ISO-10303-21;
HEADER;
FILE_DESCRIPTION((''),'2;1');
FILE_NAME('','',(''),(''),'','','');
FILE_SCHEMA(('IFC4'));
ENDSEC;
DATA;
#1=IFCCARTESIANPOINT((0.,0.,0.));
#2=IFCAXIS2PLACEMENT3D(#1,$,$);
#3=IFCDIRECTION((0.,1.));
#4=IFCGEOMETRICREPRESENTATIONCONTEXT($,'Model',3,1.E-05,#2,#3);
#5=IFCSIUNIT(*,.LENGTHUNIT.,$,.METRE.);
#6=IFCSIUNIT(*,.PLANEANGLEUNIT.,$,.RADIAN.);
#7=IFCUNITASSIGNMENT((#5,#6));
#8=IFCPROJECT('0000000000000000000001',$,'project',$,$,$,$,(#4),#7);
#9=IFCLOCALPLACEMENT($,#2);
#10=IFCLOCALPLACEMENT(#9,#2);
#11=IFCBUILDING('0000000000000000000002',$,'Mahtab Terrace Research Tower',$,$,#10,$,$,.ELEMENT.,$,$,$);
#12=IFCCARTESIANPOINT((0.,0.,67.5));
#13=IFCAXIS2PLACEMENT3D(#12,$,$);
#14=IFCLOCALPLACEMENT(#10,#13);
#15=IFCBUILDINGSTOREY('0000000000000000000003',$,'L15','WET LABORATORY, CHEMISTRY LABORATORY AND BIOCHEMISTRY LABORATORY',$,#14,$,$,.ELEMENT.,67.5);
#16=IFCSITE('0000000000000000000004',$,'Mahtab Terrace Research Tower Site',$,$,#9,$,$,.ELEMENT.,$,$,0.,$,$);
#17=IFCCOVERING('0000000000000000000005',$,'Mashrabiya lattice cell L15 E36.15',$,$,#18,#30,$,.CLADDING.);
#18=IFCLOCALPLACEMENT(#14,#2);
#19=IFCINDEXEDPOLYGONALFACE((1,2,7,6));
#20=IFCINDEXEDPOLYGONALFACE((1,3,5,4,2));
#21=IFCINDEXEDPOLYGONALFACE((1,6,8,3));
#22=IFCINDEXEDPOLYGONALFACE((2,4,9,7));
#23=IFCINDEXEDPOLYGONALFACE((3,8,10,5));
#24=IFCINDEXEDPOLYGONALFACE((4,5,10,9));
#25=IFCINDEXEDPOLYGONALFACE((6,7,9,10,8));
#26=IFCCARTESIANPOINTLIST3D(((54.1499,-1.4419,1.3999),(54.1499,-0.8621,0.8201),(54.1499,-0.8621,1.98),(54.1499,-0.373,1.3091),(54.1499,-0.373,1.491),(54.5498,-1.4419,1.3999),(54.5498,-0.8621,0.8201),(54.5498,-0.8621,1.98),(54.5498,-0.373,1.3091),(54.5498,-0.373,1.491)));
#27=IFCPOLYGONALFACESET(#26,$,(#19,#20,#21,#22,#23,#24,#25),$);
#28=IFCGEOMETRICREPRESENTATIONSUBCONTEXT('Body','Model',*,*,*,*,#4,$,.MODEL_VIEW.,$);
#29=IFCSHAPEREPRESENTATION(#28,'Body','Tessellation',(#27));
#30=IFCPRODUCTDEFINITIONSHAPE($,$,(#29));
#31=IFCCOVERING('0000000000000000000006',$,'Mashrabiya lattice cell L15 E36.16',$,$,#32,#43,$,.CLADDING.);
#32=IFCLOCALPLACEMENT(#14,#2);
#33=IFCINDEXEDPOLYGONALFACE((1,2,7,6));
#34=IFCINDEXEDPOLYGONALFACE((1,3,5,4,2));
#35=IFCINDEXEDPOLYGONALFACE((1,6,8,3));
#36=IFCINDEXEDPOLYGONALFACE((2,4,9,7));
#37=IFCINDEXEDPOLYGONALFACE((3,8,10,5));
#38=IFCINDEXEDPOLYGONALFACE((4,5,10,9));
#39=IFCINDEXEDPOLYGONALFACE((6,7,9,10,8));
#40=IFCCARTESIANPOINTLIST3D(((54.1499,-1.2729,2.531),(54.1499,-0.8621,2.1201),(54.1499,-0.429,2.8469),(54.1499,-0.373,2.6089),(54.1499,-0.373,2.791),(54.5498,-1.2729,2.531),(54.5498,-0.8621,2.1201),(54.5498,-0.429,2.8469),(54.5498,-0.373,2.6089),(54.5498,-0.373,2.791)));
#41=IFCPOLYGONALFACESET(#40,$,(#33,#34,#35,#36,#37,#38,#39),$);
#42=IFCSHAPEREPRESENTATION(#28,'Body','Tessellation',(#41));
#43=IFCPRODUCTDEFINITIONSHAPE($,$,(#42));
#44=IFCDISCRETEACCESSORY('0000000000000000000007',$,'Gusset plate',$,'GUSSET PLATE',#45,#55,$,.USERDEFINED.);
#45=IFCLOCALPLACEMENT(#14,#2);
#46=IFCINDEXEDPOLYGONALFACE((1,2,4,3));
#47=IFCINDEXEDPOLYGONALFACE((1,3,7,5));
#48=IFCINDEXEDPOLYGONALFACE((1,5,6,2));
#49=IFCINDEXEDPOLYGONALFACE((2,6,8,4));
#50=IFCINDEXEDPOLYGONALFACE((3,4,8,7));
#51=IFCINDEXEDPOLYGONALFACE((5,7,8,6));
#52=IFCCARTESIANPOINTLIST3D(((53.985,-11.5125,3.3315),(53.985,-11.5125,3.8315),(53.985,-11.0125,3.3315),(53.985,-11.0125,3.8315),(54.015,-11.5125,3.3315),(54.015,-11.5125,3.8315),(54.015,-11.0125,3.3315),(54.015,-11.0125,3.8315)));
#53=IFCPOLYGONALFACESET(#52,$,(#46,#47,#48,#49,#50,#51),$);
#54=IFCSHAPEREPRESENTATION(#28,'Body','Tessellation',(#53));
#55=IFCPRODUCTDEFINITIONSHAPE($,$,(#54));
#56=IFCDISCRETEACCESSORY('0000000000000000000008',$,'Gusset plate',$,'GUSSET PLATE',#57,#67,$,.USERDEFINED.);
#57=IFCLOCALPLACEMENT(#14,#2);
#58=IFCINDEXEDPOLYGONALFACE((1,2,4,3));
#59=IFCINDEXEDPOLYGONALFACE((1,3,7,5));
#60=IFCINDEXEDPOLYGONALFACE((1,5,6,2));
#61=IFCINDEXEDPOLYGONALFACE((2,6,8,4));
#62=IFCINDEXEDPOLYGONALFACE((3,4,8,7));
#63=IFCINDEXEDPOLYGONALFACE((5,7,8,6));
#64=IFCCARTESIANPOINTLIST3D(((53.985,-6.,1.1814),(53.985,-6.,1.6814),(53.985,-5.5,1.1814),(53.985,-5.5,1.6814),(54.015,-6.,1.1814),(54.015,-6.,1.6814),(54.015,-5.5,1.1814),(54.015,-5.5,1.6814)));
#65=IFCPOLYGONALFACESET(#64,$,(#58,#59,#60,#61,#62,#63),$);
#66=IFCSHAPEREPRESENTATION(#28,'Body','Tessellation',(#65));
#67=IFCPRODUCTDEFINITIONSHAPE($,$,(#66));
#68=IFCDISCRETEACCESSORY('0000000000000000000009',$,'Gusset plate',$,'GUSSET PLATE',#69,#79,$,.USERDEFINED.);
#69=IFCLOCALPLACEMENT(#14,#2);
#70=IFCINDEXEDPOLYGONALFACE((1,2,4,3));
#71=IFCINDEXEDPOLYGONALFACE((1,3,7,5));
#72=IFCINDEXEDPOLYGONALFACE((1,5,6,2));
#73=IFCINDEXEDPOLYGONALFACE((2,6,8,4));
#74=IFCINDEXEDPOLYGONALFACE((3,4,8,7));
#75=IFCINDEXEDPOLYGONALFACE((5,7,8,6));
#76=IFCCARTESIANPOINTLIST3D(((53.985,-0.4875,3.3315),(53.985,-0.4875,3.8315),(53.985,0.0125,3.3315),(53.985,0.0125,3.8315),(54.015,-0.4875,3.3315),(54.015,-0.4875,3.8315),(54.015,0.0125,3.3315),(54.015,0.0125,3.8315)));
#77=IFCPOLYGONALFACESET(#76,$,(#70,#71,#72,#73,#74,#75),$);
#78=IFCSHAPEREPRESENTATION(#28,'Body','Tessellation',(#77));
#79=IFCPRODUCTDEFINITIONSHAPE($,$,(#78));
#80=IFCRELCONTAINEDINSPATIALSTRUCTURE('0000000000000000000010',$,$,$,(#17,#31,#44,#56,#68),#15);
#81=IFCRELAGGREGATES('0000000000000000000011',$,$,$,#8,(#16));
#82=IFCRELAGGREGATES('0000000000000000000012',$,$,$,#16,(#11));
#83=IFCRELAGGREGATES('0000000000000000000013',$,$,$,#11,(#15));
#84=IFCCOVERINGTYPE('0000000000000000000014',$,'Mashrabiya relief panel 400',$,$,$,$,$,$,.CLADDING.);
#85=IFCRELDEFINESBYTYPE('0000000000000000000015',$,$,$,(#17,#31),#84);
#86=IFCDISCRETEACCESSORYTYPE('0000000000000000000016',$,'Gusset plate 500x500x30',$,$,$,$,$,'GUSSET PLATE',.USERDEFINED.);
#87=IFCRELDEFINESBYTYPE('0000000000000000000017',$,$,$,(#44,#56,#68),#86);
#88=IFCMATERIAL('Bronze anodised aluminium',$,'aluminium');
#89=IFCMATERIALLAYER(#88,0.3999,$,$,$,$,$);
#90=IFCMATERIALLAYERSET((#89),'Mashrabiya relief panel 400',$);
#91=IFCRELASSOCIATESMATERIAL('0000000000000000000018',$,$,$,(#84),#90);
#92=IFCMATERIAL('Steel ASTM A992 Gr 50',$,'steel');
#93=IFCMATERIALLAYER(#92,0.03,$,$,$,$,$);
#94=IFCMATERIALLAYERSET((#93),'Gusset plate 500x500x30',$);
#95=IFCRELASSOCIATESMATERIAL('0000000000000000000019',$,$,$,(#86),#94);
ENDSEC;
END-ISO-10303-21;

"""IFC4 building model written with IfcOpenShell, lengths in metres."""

from ifc_helpers import new_model, si_unit, direction, frame, origin, origin_2d, place, context, subcontext, project, spatial, polyline, rectangle, outline, extrude, material, layer, layer_set, type_object, element, save


model = new_model("IFC4")

# Units and contexts
model_context = context("Model", 3, precision=1e-05, world=origin(), true_north=direction((0.0, 1.0)))
body_context = subcontext(model_context, "Body", "Model", "MODEL_VIEW")
ifc_project = project(units=[si_unit("LENGTHUNIT", "METRE"), si_unit("PLANEANGLEUNIT", "RADIAN")], contexts=[model_context])

# Site, building, storey
site_placement = place(None, origin())
site = spatial("IfcSite", under=ifc_project, at=site_placement, Name="Mahtab Terrace Research Tower Site", CompositionType="ELEMENT", RefElevation=0.0)
building_placement = place(site_placement, origin())
building = spatial("IfcBuilding", under=site, at=building_placement, Name="Mahtab Terrace Research Tower", CompositionType="ELEMENT")
storey_placement = place(building_placement, frame((0.0, 0.0, 67.5)))
storey = spatial("IfcBuildingStorey", under=building, at=storey_placement, Name="L15", Description="WET LABORATORY, CHEMISTRY LABORATORY AND BIOCHEMISTRY LABORATORY", CompositionType="ELEMENT", Elevation=67.5)

# Coverings
ifc_material_1 = material(Name="Bronze anodised aluminium", Category="aluminium")
ifc_layer_1 = layer(ifc_material_1, 0.3999)
ifc_layer_set_1 = layer_set([ifc_layer_1], Name="Mashrabiya relief panel 400")
covering_type = type_object("IfcCoveringType", Name="Mashrabiya relief panel 400", PredefinedType="CLADDING", material=ifc_layer_set_1)
covering_1_placement = place(storey_placement, frame((54.1499, -0.8621, 0.8201), z_axis=(-1.0, 0.0, 0.0), x_axis=(0.0, -0.707107, 0.707107)))
element("IfcCovering", 1, at=covering_1_placement, inside=storey, type_object=covering_type, Name="Mashrabiya lattice cell L15 E36.15", PredefinedType="CLADDING", context=body_context, shape_type="SweptSolid", body=[
    extrude(outline(polyline([(0.0, 0.0), (0.82, 0.0), (0.8202, 0.8202), (0.1286, 0.8202), (0.0, 0.6916), (0.0, 0.0)])), origin(), (0.0, 0.0, -1.0), 0.3999),
])
covering_2_placement = place(storey_placement, frame((54.1499, -0.8621, 2.1201), z_axis=(-1.0, 0.0, 0.0), x_axis=(0.0, -0.707107, 0.707107)))
element("IfcCovering", 2, at=covering_2_placement, inside=storey, type_object=covering_type, Name="Mashrabiya lattice cell L15 E36.16", PredefinedType="CLADDING", context=body_context, shape_type="SweptSolid", body=[
    extrude(outline(polyline([(0.0, 0.0), (0.5811, 0.0), (0.2077, 0.8202), (0.1286, 0.8202), (-0.0002, 0.6914), (0.0, 0.0)])), origin(), (0.0, 0.0, -1.0), 0.3999),
])

# Discrete accessories
ifc_material_2 = material(Name="Steel ASTM A992 Gr 50", Category="steel")
ifc_layer_2 = layer(ifc_material_2, 0.03)
ifc_layer_set_2 = layer_set([ifc_layer_2], Name="Gusset plate 500x500x30")
discrete_accessory_type = type_object("IfcDiscreteAccessoryType", Name="Gusset plate 500x500x30", ElementType="GUSSET PLATE", PredefinedType="USERDEFINED", material=ifc_layer_set_2)
for number, where, z_axis, x_axis, name in (
    (3, (54.0, -11.2625, 3.3315), (0.0, 0.0, 1.0), (0.0, 1.0, 0.0), "Gusset plate"),
    (4, (54.0, -5.75, 1.1814), (0.0, 0.0, 1.0), (0.0, 1.0, 0.0), "Gusset plate"),
    (5, (54.0, -0.2375, 3.3315), (0.0, 0.0, 1.0), (0.0, 1.0, 0.0), "Gusset plate"),
):
    element("IfcDiscreteAccessory", number, at=place(storey_placement, frame(where, z_axis=z_axis, x_axis=x_axis)), inside=storey, type_object=discrete_accessory_type, Name=name, ObjectType="GUSSET PLATE", PredefinedType="USERDEFINED", context=body_context, shape_type="SweptSolid", body=[
        extrude(rectangle(XDim=0.5, YDim=0.03, at=origin_2d()), origin(), (0.0, 0.0, 1.0), 0.5),
    ])

save(model, "model.ifc")
